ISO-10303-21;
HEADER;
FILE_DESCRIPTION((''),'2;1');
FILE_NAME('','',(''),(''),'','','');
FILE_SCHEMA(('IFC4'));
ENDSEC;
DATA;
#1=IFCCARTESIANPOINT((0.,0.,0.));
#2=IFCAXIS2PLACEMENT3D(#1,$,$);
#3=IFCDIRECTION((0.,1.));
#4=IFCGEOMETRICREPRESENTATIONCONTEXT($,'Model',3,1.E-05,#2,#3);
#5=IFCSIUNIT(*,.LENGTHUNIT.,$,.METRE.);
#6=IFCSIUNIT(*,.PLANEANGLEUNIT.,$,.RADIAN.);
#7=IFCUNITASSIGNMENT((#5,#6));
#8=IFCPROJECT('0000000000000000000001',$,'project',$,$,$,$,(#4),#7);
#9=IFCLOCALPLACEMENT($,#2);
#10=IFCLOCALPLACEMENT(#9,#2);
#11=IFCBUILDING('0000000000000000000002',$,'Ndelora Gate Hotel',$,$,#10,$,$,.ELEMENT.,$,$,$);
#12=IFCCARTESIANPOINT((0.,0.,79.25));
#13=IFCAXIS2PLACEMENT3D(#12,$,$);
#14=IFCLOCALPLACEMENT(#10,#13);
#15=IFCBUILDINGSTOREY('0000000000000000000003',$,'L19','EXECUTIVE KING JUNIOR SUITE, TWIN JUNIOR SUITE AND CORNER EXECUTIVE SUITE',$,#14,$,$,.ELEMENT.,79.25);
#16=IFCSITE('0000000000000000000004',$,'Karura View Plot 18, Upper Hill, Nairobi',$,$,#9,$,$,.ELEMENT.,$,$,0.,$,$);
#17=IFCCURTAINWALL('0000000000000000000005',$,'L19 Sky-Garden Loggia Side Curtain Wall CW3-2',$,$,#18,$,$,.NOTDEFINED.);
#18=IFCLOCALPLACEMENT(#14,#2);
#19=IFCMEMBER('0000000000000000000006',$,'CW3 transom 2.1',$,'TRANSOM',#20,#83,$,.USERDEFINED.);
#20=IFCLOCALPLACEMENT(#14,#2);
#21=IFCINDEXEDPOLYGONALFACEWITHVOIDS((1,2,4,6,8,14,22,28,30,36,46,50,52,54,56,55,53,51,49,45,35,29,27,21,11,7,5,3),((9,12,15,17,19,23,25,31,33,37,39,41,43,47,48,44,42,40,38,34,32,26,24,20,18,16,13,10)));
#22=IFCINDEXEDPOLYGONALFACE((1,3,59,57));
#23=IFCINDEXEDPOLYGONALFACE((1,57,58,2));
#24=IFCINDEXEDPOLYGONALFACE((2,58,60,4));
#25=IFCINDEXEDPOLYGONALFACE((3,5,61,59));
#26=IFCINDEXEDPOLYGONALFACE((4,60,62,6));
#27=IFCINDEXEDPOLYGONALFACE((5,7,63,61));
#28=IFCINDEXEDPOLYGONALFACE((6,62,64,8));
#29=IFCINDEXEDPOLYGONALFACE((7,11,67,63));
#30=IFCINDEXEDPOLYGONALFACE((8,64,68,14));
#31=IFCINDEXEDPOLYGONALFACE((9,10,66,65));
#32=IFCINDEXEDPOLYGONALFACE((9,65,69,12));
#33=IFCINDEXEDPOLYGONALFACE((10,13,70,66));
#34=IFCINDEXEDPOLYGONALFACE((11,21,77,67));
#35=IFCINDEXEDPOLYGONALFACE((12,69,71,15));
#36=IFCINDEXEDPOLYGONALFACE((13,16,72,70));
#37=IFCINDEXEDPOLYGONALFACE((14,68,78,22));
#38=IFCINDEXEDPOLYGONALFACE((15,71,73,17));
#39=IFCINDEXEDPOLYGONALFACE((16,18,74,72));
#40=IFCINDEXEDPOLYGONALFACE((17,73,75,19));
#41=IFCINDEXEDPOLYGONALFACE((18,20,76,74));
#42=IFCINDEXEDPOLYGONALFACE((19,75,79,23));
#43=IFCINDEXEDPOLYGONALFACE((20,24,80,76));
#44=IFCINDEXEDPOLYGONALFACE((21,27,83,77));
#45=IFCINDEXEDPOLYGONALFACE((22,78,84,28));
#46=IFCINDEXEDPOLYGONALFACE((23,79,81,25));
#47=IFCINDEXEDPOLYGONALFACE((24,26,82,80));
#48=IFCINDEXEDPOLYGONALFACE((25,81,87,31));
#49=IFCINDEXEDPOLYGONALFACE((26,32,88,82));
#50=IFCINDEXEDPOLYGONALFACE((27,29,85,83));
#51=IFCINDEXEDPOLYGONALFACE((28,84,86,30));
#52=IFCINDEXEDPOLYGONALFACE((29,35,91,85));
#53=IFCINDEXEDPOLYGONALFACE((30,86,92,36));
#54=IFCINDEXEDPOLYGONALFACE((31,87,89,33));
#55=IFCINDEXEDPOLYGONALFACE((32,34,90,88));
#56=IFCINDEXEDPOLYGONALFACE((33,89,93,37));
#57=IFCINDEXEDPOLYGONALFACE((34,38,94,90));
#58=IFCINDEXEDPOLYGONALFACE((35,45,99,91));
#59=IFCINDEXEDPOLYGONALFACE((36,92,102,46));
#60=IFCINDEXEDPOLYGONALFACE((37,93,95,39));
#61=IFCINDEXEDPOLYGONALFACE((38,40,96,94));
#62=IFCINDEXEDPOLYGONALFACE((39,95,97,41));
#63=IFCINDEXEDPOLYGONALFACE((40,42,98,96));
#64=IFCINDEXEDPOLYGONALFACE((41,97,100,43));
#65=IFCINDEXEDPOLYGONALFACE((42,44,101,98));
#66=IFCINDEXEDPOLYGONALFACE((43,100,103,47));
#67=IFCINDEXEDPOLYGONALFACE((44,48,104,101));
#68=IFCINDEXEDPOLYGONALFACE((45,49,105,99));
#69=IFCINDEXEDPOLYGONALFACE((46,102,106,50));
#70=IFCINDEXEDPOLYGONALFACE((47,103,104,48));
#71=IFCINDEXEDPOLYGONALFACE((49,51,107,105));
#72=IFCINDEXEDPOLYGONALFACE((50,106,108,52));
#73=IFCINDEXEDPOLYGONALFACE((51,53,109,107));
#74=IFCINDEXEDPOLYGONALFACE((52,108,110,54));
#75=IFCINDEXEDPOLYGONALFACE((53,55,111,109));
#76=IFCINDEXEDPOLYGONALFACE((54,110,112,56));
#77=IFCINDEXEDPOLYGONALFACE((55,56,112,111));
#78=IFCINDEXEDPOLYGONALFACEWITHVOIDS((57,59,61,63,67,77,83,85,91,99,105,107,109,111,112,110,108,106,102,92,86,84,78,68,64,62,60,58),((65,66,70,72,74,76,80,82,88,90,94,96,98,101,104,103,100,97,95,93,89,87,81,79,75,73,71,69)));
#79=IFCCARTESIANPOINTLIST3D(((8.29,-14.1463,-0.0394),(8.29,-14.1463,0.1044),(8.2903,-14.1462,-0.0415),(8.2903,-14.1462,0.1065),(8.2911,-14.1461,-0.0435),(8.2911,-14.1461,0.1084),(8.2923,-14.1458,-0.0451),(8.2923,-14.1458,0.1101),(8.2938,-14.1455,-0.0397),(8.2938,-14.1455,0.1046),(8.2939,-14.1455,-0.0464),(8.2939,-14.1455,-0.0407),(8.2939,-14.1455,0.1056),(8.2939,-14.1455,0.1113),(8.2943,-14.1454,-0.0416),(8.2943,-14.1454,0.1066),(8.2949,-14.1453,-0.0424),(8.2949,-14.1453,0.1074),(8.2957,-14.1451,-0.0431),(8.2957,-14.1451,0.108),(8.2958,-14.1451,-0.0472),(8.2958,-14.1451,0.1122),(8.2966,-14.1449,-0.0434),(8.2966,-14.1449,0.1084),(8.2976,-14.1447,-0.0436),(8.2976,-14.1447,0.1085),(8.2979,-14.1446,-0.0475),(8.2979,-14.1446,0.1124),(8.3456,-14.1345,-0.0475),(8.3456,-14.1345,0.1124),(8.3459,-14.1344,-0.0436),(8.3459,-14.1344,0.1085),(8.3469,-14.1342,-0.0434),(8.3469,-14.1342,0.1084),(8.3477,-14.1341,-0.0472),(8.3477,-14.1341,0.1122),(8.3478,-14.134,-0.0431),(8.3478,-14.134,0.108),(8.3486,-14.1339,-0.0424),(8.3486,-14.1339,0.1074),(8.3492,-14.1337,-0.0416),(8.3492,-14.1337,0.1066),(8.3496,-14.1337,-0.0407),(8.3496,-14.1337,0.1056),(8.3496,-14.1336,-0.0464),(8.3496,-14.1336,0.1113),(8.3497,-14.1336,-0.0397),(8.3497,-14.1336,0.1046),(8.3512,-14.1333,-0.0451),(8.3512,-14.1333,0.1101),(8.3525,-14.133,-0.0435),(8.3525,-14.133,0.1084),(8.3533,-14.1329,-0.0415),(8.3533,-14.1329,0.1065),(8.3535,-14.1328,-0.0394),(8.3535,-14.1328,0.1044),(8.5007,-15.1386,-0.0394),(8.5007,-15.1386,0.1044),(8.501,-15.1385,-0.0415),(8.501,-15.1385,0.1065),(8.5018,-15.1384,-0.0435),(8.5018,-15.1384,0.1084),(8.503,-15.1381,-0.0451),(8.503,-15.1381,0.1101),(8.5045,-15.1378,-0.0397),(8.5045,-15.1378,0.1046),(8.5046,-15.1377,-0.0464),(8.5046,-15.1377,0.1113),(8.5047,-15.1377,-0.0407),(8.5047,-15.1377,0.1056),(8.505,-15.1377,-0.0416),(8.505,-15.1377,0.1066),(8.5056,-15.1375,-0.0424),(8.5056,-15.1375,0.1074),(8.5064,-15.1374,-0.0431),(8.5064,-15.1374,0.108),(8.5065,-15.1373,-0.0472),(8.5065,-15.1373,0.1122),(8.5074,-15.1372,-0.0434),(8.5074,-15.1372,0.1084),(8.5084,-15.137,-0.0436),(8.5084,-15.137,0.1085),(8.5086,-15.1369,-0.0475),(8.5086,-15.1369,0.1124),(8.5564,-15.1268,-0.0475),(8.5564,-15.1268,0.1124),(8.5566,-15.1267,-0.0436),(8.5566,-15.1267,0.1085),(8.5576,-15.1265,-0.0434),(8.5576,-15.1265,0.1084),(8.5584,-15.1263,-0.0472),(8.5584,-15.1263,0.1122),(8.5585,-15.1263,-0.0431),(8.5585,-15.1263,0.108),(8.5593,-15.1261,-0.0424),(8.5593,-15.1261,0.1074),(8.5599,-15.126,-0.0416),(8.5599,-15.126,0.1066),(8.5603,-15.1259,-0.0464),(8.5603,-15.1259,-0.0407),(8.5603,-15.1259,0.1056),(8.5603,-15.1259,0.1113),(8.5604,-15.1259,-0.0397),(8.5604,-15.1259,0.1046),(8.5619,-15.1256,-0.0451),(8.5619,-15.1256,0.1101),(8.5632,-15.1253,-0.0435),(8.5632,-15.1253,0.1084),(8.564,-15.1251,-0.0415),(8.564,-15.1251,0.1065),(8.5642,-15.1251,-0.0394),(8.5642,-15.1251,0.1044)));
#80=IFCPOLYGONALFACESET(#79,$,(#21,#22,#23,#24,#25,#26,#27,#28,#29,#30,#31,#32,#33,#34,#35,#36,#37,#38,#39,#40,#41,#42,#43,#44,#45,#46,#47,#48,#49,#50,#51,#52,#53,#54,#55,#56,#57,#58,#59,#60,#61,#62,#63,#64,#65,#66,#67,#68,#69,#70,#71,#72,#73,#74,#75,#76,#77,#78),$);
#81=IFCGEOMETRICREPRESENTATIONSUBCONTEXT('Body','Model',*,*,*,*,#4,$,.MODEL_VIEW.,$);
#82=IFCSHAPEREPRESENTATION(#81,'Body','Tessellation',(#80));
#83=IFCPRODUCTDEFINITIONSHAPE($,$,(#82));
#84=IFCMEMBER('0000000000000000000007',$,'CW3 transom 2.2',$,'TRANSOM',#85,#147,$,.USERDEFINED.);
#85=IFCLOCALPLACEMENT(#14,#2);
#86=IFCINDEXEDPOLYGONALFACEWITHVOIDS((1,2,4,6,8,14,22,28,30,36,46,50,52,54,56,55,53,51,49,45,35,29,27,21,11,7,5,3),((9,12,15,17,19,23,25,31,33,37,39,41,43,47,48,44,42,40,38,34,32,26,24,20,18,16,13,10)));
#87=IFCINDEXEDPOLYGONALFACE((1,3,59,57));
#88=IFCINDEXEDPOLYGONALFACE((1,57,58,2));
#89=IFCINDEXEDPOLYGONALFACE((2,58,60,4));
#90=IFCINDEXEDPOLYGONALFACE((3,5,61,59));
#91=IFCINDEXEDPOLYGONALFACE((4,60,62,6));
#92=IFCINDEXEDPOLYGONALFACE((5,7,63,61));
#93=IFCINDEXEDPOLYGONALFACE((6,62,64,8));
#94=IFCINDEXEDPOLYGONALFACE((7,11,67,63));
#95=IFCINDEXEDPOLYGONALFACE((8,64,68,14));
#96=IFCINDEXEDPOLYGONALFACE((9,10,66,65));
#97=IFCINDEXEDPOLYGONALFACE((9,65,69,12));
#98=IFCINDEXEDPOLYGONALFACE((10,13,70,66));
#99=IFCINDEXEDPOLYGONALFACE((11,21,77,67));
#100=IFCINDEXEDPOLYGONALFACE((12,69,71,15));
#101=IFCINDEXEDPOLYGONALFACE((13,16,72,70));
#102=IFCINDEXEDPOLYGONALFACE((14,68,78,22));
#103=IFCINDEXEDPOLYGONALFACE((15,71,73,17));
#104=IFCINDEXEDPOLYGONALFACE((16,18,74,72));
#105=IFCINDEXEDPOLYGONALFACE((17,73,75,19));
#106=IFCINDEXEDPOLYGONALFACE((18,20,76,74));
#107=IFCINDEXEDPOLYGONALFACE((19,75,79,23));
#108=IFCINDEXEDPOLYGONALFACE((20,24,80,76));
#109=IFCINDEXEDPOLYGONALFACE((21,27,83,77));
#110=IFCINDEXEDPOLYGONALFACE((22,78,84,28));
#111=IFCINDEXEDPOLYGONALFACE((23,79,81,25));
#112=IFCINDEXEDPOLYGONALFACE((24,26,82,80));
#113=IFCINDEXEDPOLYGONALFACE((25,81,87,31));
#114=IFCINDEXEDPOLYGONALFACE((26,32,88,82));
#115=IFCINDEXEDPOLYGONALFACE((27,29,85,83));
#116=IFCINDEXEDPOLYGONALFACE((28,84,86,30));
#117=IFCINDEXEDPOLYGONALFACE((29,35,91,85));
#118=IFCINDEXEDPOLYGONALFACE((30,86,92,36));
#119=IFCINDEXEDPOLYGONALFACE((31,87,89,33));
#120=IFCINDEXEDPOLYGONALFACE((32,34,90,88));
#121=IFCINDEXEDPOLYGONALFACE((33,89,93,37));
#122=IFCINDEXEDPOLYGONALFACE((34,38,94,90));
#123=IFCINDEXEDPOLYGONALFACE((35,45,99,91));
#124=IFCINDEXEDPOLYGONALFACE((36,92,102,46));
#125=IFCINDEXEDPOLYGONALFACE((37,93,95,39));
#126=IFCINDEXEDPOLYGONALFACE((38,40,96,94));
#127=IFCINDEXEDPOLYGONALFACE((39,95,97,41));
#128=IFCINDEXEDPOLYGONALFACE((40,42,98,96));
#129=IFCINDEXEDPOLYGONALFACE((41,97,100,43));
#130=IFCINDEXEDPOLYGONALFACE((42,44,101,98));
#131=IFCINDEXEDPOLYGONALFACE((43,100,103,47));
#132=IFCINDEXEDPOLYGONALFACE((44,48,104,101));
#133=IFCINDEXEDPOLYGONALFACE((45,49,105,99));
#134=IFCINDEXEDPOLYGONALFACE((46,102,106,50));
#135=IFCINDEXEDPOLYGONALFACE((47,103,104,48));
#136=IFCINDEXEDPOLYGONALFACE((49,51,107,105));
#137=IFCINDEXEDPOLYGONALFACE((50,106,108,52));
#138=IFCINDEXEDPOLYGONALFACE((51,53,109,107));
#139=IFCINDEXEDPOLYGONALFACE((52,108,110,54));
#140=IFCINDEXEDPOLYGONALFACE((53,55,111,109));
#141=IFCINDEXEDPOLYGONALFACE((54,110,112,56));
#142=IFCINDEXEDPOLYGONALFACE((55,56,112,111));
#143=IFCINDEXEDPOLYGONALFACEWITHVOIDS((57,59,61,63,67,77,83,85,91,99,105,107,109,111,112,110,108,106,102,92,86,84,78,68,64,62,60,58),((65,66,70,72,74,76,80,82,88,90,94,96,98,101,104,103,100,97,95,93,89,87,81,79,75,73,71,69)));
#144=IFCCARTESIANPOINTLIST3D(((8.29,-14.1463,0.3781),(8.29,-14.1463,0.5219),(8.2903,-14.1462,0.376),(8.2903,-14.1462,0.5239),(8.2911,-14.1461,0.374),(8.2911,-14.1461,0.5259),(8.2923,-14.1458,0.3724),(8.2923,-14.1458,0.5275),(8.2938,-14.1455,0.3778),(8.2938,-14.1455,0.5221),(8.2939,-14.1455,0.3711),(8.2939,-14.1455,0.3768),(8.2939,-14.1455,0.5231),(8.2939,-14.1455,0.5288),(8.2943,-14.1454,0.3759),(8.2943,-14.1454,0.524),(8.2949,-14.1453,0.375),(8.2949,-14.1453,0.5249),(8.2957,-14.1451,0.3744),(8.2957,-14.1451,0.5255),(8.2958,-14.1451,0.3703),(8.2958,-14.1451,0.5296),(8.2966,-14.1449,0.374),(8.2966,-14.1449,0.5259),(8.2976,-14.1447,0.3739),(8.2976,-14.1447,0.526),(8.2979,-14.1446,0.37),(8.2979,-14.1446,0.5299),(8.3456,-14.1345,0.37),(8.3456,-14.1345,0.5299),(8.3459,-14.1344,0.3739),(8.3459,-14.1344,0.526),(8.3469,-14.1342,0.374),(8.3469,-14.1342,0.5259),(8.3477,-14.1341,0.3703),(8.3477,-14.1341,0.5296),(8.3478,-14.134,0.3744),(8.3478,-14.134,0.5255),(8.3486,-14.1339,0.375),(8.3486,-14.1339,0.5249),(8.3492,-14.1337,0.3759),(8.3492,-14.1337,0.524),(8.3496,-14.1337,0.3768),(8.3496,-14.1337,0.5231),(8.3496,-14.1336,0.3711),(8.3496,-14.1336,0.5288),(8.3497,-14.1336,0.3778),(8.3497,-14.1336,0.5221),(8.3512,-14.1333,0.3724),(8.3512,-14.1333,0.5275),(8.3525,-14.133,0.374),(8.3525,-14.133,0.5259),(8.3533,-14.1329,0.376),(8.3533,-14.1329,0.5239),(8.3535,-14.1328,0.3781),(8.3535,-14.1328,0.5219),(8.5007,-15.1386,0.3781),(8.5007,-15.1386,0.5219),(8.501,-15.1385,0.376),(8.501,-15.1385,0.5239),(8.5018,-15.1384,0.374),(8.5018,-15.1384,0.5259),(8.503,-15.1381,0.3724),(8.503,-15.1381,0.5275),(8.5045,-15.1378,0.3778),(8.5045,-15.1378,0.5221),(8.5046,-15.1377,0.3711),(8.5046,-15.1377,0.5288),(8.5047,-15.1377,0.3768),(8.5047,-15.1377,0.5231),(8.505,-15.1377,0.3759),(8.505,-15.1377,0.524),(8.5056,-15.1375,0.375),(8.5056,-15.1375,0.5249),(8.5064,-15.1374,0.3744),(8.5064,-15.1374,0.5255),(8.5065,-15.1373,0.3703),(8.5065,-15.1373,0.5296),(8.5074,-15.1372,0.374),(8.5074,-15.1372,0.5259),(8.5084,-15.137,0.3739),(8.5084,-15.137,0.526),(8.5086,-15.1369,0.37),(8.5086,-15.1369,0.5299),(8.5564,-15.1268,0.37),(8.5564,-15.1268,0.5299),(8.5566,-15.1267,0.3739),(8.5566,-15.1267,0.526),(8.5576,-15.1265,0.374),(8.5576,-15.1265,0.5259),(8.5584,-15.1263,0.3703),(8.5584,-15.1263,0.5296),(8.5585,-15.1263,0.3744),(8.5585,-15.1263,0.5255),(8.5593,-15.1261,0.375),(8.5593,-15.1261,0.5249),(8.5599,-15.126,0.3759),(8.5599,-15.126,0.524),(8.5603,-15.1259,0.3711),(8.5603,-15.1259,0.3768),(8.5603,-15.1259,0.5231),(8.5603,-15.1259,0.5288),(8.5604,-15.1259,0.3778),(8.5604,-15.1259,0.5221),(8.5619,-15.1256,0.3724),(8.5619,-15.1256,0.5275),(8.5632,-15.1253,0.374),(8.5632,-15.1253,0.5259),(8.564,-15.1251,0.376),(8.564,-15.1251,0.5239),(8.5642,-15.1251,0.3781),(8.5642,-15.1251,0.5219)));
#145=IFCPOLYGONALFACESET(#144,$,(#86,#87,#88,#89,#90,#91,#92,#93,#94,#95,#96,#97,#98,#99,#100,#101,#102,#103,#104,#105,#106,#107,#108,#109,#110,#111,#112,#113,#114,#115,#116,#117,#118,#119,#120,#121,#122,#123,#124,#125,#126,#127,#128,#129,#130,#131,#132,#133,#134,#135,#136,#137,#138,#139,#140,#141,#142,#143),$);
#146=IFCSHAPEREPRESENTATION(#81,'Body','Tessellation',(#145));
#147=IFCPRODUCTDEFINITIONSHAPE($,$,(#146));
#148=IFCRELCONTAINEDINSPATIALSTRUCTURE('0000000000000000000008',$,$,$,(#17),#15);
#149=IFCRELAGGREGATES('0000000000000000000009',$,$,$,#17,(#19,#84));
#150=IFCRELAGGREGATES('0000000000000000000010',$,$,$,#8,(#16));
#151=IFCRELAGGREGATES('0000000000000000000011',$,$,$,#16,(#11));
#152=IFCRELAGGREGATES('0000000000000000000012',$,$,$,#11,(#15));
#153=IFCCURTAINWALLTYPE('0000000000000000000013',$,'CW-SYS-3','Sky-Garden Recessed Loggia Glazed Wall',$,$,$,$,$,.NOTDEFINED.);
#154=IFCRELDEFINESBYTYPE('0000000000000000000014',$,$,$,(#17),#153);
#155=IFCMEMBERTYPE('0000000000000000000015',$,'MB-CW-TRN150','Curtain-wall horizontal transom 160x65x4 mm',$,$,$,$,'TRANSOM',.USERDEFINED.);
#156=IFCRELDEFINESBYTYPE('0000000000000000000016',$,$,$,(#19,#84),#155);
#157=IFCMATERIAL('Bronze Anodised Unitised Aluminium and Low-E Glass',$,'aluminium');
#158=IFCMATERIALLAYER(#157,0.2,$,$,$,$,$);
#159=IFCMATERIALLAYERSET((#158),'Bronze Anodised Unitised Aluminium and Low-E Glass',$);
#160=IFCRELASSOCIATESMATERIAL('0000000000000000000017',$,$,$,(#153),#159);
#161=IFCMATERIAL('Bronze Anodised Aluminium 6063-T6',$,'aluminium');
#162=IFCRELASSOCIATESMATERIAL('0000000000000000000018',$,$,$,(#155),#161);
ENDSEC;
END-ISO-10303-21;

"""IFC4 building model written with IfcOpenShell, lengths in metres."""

from ifc_helpers import new_model, si_unit, direction, frame, origin, origin_2d, place, context, subcontext, project, spatial, hollow_rectangle, extrude, material, layer, layer_set, material_profile, profile_set, type_object, element, aggregate, save


model = new_model("IFC4")

# Units and contexts
model_context = context("Model", 3, precision=1e-05, world=origin(), true_north=direction((0.0, 1.0)))
body_context = subcontext(model_context, "Body", "Model", "MODEL_VIEW")
ifc_project = project(units=[si_unit("LENGTHUNIT", "METRE"), si_unit("PLANEANGLEUNIT", "RADIAN")], contexts=[model_context])

# Site, building, storey
site_placement = place(None, origin())
site = spatial("IfcSite", under=ifc_project, at=site_placement, Name="Karura View Plot 18, Upper Hill, Nairobi", CompositionType="ELEMENT", RefElevation=0.0)
building_placement = place(site_placement, origin())
building = spatial("IfcBuilding", under=site, at=building_placement, Name="Ndelora Gate Hotel", CompositionType="ELEMENT")
storey_placement = place(building_placement, frame((0.0, 0.0, 79.25)))
storey = spatial("IfcBuildingStorey", under=building, at=storey_placement, Name="L19", Description="EXECUTIVE KING JUNIOR SUITE, TWIN JUNIOR SUITE AND CORNER EXECUTIVE SUITE", CompositionType="ELEMENT", Elevation=79.25)

# Curtain wall, members
ifc_material_1 = material(Name="Bronze Anodised Unitised Aluminium and Low-E Glass", Category="aluminium")
ifc_layer_1 = layer(ifc_material_1, 0.2)
ifc_layer_set_1 = layer_set([ifc_layer_1], Name="Bronze Anodised Unitised Aluminium and Low-E Glass")
curtain_wall_type = type_object("IfcCurtainWallType", Name="CW-SYS-3", Description="Sky-Garden Recessed Loggia Glazed Wall", PredefinedType="NOTDEFINED", material=ifc_layer_set_1)
curtain_wall_placement = place(storey_placement, origin())
curtain_wall = element("IfcCurtainWall", 1, at=curtain_wall_placement, inside=storey, type_object=curtain_wall_type, Name="L19 Sky-Garden Loggia Side Curtain Wall CW3-2", PredefinedType="NOTDEFINED")
ifc_material_2 = material(Name="Bronze Anodised Aluminium 6063-T6", Category="aluminium")
ifc_material_profile_1 = material_profile(ifc_material_2, hollow_rectangle(XDim=0.0649, YDim=0.1599, WallThickness=0.0039, InnerFilletRadius=0.0039, OuterFilletRadius=0.0081, at=origin_2d()), Name="ALU 160x65x4")
ifc_profile_set_1 = profile_set([ifc_material_profile_1], Name="Bronze Anodised Aluminium 6063-T6")
member_type_1 = type_object("IfcMemberType", Name="MB-CW-TRN150", Description="Curtain-wall horizontal transom 160x65x4 mm", ElementType="TRANSOM", PredefinedType="USERDEFINED", material=ifc_profile_set_1)
member_1_placement = place(storey_placement, frame((8.5325, -15.1318, 0.0325), z_axis=(-0.207721, 0.978188, 0.0), x_axis=(-0.978188, -0.207721, 0.0)))
member_1 = element("IfcMember", 2, at=member_1_placement, type_object=member_type_1, Name="CW3 transom 2.1", ObjectType="TRANSOM", PredefinedType="USERDEFINED", context=body_context, shape_type="SweptSolid", body=[
    extrude(hollow_rectangle(XDim=0.0649, YDim=0.1599, WallThickness=0.0039, InnerFilletRadius=0.0039, OuterFilletRadius=0.0081, at=origin_2d()), origin(), (0.0, 0.0, 1.0), 1.0144),
])
member_2_placement = place(storey_placement, frame((8.5325, -15.1318, 0.45), z_axis=(-0.207721, 0.978188, 0.0), x_axis=(-0.978188, -0.207721, 0.0)))
member_2 = element("IfcMember", 3, at=member_2_placement, type_object=member_type_1, Name="CW3 transom 2.2", ObjectType="TRANSOM", PredefinedType="USERDEFINED", context=body_context, shape_type="SweptSolid", body=[
    extrude(hollow_rectangle(XDim=0.0649, YDim=0.1599, WallThickness=0.0039, InnerFilletRadius=0.0039, OuterFilletRadius=0.0081, at=origin_2d()), origin(), (0.0, 0.0, 1.0), 1.0144),
])
aggregate(curtain_wall, [member_1, member_2])

save(model, "model.ifc")
